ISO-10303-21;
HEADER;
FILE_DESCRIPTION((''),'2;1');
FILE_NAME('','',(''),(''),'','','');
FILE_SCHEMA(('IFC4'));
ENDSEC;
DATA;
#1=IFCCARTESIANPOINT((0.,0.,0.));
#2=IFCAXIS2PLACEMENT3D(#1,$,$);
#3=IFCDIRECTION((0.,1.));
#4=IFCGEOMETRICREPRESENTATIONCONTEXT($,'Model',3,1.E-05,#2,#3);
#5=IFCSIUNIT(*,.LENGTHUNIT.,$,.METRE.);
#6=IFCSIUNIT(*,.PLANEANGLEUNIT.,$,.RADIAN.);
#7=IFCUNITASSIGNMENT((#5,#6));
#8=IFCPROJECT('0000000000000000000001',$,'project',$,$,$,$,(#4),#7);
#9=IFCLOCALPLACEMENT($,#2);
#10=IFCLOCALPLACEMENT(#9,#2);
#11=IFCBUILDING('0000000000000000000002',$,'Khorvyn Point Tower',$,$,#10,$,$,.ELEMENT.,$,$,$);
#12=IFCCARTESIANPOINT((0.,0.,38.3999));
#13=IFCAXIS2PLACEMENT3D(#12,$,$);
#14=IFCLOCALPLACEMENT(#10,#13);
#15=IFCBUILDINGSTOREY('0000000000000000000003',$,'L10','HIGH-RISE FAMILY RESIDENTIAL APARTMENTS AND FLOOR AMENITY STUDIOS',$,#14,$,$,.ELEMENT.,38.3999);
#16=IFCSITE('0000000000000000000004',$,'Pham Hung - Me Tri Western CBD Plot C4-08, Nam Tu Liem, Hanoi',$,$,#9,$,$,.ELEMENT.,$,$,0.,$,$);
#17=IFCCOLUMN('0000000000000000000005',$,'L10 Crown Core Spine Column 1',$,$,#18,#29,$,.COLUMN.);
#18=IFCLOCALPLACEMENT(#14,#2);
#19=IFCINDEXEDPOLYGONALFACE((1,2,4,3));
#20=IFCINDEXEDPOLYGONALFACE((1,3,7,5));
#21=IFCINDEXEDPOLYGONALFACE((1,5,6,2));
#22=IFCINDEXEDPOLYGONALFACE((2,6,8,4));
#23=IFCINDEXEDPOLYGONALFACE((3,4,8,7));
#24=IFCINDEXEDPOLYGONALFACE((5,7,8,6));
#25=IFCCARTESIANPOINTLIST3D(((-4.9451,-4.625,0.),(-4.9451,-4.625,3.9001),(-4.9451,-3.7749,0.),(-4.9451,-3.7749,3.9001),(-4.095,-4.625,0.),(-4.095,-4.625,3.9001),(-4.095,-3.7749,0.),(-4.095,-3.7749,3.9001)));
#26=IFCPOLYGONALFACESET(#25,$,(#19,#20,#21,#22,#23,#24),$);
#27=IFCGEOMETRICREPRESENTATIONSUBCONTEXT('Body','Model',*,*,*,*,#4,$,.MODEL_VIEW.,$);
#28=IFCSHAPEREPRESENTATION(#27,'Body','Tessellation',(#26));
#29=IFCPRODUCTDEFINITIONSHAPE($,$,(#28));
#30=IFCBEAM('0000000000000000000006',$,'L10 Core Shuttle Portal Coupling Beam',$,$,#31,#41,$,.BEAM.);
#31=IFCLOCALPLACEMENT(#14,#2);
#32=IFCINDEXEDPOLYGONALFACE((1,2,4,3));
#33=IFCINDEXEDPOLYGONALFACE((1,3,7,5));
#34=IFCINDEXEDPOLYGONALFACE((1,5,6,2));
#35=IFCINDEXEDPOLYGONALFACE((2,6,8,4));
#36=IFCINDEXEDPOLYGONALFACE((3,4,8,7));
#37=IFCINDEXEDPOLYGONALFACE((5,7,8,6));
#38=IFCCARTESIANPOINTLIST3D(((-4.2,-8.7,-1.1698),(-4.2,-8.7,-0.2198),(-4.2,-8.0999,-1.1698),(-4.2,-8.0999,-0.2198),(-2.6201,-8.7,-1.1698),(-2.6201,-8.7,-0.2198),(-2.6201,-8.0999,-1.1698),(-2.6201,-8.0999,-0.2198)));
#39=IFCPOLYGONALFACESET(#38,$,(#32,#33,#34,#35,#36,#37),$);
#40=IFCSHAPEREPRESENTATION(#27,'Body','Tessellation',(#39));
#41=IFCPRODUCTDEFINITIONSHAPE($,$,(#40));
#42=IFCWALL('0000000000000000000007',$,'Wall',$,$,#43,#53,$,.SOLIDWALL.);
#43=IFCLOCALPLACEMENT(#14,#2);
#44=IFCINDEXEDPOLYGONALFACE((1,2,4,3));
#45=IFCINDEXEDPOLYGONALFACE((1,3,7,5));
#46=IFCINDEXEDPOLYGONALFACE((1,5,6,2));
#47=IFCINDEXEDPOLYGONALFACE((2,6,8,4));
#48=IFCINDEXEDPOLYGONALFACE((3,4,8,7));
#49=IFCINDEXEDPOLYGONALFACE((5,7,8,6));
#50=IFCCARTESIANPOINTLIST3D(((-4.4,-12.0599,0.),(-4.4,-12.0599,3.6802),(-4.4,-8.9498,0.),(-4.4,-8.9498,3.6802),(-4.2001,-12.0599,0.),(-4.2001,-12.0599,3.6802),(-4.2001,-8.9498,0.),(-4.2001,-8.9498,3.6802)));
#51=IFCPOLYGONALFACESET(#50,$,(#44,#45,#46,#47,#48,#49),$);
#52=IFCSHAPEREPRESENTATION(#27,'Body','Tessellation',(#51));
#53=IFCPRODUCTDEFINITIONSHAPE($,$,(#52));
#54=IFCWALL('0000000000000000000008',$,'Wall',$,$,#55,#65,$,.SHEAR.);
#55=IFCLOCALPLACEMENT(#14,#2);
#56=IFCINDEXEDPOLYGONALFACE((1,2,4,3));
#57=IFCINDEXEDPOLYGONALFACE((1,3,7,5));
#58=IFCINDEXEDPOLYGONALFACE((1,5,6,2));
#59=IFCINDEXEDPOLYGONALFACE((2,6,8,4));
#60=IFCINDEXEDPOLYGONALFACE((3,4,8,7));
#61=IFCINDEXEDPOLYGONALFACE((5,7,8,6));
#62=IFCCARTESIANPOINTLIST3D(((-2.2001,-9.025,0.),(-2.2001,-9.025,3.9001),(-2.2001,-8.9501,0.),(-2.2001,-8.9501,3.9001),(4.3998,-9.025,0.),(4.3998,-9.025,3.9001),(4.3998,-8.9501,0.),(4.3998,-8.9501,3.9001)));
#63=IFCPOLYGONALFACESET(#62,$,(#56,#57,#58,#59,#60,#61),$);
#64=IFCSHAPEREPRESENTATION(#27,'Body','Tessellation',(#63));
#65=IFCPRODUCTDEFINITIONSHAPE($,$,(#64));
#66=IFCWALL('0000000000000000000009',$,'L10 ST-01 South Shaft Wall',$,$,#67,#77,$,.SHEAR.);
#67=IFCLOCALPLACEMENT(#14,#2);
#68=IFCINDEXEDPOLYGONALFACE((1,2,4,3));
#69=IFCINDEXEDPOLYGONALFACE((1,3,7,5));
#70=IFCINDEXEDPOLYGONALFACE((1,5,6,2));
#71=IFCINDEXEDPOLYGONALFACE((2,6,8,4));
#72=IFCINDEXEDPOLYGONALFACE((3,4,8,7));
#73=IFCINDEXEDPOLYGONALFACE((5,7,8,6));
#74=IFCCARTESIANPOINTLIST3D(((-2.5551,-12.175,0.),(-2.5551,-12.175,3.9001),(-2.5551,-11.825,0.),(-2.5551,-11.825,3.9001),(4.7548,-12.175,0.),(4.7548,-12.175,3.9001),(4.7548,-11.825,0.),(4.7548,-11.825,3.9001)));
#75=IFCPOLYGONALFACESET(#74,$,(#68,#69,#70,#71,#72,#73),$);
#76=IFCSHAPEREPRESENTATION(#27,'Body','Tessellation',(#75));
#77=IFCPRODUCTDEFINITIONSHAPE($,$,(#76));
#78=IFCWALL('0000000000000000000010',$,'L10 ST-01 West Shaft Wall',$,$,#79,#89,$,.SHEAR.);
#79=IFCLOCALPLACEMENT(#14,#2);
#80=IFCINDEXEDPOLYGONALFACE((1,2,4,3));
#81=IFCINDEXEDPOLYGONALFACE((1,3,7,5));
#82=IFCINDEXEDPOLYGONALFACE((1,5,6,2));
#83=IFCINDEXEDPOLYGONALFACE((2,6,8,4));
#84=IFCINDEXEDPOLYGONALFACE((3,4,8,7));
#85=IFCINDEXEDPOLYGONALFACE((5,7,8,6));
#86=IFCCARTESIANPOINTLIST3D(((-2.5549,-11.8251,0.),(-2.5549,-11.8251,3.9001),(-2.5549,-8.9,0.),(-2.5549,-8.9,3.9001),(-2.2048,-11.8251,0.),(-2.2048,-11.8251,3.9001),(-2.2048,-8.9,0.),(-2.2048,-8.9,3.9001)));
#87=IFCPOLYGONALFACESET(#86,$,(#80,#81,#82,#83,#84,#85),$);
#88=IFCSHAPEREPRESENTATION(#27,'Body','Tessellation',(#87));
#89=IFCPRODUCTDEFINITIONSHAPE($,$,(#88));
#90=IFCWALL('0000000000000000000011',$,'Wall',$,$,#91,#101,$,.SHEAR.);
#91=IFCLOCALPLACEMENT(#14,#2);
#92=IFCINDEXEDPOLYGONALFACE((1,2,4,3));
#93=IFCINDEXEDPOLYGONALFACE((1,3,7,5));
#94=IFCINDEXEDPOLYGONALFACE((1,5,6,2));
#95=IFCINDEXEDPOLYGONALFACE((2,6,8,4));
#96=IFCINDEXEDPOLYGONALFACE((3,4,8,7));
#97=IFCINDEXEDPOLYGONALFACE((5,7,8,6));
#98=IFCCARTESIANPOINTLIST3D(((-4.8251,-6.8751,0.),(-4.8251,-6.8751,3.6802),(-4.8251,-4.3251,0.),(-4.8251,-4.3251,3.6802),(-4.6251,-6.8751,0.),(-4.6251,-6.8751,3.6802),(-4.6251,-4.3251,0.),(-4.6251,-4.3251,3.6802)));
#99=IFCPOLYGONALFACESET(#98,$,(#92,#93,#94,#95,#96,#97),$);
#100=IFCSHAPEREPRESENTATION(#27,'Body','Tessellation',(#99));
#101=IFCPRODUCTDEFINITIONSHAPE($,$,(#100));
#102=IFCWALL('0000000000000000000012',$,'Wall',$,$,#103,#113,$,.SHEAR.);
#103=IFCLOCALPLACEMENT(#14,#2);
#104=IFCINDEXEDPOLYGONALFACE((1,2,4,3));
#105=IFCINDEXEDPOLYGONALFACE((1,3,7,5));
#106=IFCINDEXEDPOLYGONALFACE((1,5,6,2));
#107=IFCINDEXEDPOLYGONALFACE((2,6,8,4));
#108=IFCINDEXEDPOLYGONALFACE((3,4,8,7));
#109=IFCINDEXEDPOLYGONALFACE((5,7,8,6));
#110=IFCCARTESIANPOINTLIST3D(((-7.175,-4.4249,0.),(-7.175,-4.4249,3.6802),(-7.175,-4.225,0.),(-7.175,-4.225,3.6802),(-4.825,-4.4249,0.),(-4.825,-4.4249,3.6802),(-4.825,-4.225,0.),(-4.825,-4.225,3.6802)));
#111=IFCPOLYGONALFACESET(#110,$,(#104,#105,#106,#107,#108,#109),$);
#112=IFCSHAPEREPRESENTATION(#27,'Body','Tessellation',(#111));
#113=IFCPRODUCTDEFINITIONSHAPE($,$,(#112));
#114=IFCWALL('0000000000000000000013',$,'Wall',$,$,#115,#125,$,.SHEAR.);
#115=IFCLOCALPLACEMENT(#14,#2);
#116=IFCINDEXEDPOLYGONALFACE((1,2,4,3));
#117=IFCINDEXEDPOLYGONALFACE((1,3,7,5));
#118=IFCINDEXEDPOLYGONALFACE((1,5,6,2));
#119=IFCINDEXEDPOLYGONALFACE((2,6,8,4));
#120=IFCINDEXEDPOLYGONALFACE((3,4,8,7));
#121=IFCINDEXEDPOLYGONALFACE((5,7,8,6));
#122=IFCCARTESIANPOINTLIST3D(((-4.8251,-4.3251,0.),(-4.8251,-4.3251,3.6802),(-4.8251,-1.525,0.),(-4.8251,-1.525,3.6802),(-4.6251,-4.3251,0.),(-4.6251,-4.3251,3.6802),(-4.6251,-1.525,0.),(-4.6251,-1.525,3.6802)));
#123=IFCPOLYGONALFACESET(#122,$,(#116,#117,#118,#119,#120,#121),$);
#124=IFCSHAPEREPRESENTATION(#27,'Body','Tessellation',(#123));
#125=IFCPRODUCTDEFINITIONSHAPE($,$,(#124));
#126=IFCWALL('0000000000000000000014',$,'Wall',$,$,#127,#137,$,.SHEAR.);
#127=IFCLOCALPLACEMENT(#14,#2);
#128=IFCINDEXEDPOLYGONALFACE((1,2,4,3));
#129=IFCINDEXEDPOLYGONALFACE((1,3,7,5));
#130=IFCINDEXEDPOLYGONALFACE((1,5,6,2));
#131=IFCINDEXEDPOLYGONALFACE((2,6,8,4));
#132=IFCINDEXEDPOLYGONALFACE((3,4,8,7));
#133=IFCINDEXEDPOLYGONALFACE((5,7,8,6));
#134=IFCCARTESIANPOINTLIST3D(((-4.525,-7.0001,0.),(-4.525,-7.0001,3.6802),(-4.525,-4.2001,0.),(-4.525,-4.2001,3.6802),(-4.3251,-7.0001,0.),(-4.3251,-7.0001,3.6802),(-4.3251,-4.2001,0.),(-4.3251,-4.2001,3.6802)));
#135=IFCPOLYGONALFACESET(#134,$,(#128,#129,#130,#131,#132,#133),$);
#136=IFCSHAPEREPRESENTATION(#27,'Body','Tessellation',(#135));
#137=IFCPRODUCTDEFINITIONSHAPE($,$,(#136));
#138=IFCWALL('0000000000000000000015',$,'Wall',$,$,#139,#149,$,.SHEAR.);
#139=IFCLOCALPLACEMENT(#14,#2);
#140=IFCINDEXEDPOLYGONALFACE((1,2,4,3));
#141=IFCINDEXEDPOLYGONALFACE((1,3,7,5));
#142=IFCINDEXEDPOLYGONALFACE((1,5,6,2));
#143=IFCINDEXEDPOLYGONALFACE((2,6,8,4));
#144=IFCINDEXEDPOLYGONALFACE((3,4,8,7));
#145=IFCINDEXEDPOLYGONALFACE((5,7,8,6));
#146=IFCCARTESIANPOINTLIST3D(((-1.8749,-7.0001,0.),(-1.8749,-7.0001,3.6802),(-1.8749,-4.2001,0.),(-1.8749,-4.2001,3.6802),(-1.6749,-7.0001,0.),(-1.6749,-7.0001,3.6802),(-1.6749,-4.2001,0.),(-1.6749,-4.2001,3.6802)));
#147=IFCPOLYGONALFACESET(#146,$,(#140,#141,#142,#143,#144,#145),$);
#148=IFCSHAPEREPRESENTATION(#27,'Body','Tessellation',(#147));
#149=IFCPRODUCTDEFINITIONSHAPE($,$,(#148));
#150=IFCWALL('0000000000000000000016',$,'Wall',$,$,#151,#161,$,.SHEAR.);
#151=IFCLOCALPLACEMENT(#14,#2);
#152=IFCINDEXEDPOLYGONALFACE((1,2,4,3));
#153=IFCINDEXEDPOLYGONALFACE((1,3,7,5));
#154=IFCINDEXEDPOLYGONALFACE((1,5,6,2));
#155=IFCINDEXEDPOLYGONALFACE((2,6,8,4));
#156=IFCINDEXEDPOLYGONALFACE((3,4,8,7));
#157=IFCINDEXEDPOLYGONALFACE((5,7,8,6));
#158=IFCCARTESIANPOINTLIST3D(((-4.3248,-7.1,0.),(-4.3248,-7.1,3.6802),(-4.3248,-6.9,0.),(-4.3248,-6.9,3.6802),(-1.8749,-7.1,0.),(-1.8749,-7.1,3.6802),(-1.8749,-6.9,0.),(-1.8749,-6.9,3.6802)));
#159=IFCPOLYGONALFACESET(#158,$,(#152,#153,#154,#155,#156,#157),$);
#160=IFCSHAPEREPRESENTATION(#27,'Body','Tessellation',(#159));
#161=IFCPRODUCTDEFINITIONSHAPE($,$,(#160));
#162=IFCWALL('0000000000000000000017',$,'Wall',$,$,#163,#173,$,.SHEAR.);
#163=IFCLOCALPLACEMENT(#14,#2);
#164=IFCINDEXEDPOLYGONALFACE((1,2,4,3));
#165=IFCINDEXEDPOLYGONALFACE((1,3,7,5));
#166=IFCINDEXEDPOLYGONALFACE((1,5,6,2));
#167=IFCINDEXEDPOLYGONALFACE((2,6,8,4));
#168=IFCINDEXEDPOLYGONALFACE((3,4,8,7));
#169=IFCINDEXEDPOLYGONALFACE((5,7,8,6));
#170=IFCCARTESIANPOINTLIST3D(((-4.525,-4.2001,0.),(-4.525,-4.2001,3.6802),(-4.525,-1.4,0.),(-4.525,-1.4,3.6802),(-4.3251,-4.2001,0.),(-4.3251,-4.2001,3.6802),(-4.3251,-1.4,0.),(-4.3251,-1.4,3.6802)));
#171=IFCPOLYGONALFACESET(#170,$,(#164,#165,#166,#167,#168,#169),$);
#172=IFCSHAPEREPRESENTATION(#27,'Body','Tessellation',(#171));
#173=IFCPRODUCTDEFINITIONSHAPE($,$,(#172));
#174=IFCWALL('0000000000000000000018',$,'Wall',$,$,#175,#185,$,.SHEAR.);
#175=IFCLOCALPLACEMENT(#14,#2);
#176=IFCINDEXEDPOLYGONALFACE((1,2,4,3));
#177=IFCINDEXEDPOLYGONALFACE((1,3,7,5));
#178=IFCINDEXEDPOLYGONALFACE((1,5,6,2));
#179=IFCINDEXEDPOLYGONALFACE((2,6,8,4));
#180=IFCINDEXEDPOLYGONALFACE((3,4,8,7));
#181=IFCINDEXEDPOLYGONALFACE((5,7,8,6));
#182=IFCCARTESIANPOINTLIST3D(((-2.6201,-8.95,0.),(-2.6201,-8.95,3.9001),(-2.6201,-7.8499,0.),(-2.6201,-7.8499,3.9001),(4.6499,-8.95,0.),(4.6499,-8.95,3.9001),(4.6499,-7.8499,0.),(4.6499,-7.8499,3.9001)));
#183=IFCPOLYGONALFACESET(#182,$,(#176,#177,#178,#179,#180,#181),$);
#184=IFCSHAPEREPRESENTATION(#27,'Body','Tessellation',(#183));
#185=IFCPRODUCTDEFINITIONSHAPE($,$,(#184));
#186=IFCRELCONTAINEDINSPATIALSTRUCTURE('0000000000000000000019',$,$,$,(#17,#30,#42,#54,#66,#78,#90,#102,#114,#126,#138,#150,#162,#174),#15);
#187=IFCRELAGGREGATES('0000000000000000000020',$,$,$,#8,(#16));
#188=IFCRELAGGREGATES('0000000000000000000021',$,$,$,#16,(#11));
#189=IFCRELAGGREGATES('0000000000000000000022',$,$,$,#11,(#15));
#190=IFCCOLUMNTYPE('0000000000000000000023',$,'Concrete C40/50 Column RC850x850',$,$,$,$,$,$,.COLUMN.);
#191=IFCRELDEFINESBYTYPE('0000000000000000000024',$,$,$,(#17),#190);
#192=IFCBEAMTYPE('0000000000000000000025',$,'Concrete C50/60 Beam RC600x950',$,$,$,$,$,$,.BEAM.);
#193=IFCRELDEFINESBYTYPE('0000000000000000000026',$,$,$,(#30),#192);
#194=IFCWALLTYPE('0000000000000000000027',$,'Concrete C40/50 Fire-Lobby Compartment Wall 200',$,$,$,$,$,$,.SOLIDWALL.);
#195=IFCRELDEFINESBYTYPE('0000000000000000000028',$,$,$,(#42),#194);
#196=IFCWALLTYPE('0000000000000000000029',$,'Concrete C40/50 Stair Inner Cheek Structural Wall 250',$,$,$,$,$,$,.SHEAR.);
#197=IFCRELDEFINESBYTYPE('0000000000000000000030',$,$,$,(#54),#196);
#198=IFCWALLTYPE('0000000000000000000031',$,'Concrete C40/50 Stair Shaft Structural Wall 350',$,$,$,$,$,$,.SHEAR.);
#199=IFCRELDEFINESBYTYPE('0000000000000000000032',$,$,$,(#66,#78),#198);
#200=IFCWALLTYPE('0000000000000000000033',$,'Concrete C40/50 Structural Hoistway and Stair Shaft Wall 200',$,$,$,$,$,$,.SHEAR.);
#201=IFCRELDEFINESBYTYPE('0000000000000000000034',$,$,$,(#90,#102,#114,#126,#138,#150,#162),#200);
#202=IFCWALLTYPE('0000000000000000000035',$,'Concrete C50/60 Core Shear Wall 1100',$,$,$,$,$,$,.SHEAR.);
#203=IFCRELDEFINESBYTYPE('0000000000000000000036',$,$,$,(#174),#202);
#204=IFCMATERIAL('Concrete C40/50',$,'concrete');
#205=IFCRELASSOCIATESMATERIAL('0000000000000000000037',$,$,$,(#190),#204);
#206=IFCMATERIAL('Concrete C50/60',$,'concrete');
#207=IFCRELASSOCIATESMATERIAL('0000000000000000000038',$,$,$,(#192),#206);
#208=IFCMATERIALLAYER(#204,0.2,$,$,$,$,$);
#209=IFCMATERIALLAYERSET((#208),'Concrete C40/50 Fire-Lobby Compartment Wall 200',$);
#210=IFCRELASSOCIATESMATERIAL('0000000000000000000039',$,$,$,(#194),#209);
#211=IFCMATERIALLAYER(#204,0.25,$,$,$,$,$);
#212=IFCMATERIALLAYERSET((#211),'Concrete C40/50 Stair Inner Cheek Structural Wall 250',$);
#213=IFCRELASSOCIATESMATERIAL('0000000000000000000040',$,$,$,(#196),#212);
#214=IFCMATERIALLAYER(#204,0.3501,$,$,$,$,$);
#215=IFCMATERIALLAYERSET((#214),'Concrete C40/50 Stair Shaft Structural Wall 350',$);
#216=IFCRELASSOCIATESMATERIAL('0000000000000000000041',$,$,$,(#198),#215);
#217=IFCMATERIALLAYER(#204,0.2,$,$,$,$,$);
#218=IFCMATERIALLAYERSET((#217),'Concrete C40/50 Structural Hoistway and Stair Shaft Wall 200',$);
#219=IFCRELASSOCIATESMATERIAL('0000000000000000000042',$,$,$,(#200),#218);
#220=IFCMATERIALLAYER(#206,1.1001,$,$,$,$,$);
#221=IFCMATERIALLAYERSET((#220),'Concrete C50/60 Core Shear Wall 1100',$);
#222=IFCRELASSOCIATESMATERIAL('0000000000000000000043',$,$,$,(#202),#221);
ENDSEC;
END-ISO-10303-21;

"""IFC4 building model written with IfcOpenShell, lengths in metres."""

from ifc_helpers import new_model, si_unit, direction, frame, frame_2d, origin, origin_2d, place, context, subcontext, project, spatial, rectangle, extrude, material, layer, layer_set, material_profile, profile_set, type_object, element, save


model = new_model("IFC4")

# Units and contexts
model_context = context("Model", 3, precision=1e-05, world=origin(), true_north=direction((0.0, 1.0)))
body_context = subcontext(model_context, "Body", "Model", "MODEL_VIEW")
ifc_project = project(units=[si_unit("LENGTHUNIT", "METRE"), si_unit("PLANEANGLEUNIT", "RADIAN")], contexts=[model_context])

# Site, building, storey
site_placement = place(None, origin())
site = spatial("IfcSite", under=ifc_project, at=site_placement, Name="Pham Hung - Me Tri Western CBD Plot C4-08, Nam Tu Liem, Hanoi", CompositionType="ELEMENT", RefElevation=0.0)
building_placement = place(site_placement, origin())
building = spatial("IfcBuilding", under=site, at=building_placement, Name="Khorvyn Point Tower", CompositionType="ELEMENT")
storey_placement = place(building_placement, frame((0.0, 0.0, 38.3999)))
storey = spatial("IfcBuildingStorey", under=building, at=storey_placement, Name="L10", Description="HIGH-RISE FAMILY RESIDENTIAL APARTMENTS AND FLOOR AMENITY STUDIOS", CompositionType="ELEMENT", Elevation=38.3999)

# Column
ifc_material_1 = material(Name="Concrete C40/50", Category="concrete")
ifc_material_profile_1 = material_profile(ifc_material_1, rectangle(XDim=0.8501, YDim=0.8501, at=origin_2d()))
ifc_profile_set_1 = profile_set([ifc_material_profile_1], Name="Concrete C40/50 RC850x850")
column_type = type_object("IfcColumnType", Name="Concrete C40/50 Column RC850x850", PredefinedType="COLUMN", material=ifc_profile_set_1)
column_placement = place(storey_placement, frame((-4.52, -4.2, 0.0), z_axis=(0.0, 0.0, 1.0), x_axis=(1.0, 0.0, 0.0)))
element("IfcColumn", 1, at=column_placement, inside=storey, type_object=column_type, Name="L10 Crown Core Spine Column 1", PredefinedType="COLUMN", context=body_context, shape_type="SweptSolid", body=[
    extrude(rectangle(XDim=0.8501, YDim=0.8501, at=origin_2d()), origin(), (0.0, 0.0, 1.0), 3.9001),
])

# Beam
ifc_material_2 = material(Name="Concrete C50/60", Category="concrete")
ifc_material_profile_2 = material_profile(ifc_material_2, rectangle(XDim=0.6001, YDim=0.95, at=origin_2d()))
ifc_profile_set_2 = profile_set([ifc_material_profile_2], Name="Concrete C50/60 RC600x950")
beam_type = type_object("IfcBeamType", Name="Concrete C50/60 Beam RC600x950", PredefinedType="BEAM", material=ifc_profile_set_2)
beam_placement = place(storey_placement, frame((-4.2, -8.3999, -0.6948), z_axis=(1.0, 0.0, 0.0), x_axis=(0.0, 1.0, 0.0)))
element("IfcBeam", 2, at=beam_placement, inside=storey, type_object=beam_type, Name="L10 Core Shuttle Portal Coupling Beam", PredefinedType="BEAM", context=body_context, shape_type="SweptSolid", body=[
    extrude(rectangle(XDim=0.6001, YDim=0.95, at=origin_2d()), origin(), (0.0, 0.0, 1.0), 1.5798),
])

# Shared definitions
ifc_layer_1 = layer(ifc_material_1, 0.2)
ifc_layer_set_1 = layer_set([ifc_layer_1], Name="Concrete C40/50 Fire-Lobby Compartment Wall 200")
wall_type_1 = type_object("IfcWallType", Name="Concrete C40/50 Fire-Lobby Compartment Wall 200", PredefinedType="SOLIDWALL", material=ifc_layer_set_1)

# Walls
wall_1_placement = place(storey_placement, frame((-4.3, -12.0601, 0.0), z_axis=(0.0, 0.0, 1.0), x_axis=(0.0, 1.0, 0.0)))
element("IfcWall", 3, at=wall_1_placement, inside=storey, type_object=wall_type_1, Name="Wall", PredefinedType="SOLIDWALL", context=body_context, shape_type="SweptSolid", body=[
    extrude(rectangle(XDim=3.1101, YDim=0.2, at=frame_2d((1.5552, 0.0))), origin(), (0.0, 0.0, 1.0), 3.6802),
])
ifc_layer_2 = layer(ifc_material_1, 0.25)
ifc_layer_set_2 = layer_set([ifc_layer_2], Name="Concrete C40/50 Stair Inner Cheek Structural Wall 250")
wall_type_2 = type_object("IfcWallType", Name="Concrete C40/50 Stair Inner Cheek Structural Wall 250", PredefinedType="SHEAR", material=ifc_layer_set_2)
wall_2_placement = place(storey_placement, frame((-2.2, -8.9875, 0.0), z_axis=(0.0, 0.0, 1.0), x_axis=(1.0, 0.0, 0.0)))
element("IfcWall", 4, at=wall_2_placement, inside=storey, type_object=wall_type_2, Name="Wall", PredefinedType="SHEAR", context=body_context, shape_type="SweptSolid", body=[
    extrude(rectangle(XDim=6.5999, YDim=0.075, at=frame_2d((3.2998, 0.0))), origin(), (0.0, 0.0, 1.0), 3.9001),
])
ifc_layer_3 = layer(ifc_material_1, 0.3501)
ifc_layer_set_3 = layer_set([ifc_layer_3], Name="Concrete C40/50 Stair Shaft Structural Wall 350")
wall_type_3 = type_object("IfcWallType", Name="Concrete C40/50 Stair Shaft Structural Wall 350", PredefinedType="SHEAR", material=ifc_layer_set_3)
wall_3_placement = place(storey_placement, frame((-2.5549, -12.0, 0.0), z_axis=(0.0, 0.0, 1.0), x_axis=(1.0, 0.0, 0.0)))
element("IfcWall", 5, at=wall_3_placement, inside=storey, type_object=wall_type_3, Name="L10 ST-01 South Shaft Wall", PredefinedType="SHEAR", context=body_context, shape_type="SweptSolid", body=[
    extrude(rectangle(XDim=7.3098, YDim=0.3501, at=frame_2d((3.6548, 0.0))), origin(), (0.0, 0.0, 1.0), 3.9001),
])
wall_4_placement = place(storey_placement, frame((-2.3799, -11.825, 0.0), z_axis=(0.0, 0.0, 1.0), x_axis=(0.0, 1.0, 0.0)))
element("IfcWall", 6, at=wall_4_placement, inside=storey, type_object=wall_type_3, Name="L10 ST-01 West Shaft Wall", PredefinedType="SHEAR", context=body_context, shape_type="SweptSolid", body=[
    extrude(rectangle(XDim=2.925, YDim=0.3501, at=frame_2d((1.4624, 0.0))), origin(), (0.0, 0.0, 1.0), 3.9001),
])
ifc_layer_4 = layer(ifc_material_1, 0.2)
ifc_layer_set_4 = layer_set([ifc_layer_4], Name="Concrete C40/50 Structural Hoistway and Stair Shaft Wall 200")
wall_type_4 = type_object("IfcWallType", Name="Concrete C40/50 Structural Hoistway and Stair Shaft Wall 200", PredefinedType="SHEAR", material=ifc_layer_set_4)
wall_5_placement = place(storey_placement, frame((-4.7251, -6.875, 0.0), z_axis=(0.0, 0.0, 1.0), x_axis=(0.0, 1.0, 0.0)))
element("IfcWall", 7, at=wall_5_placement, inside=storey, type_object=wall_type_4, Name="Wall", PredefinedType="SHEAR", context=body_context, shape_type="SweptSolid", body=[
    extrude(rectangle(XDim=2.55, YDim=0.2, at=frame_2d((1.2749, 0.0))), origin(), (0.0, 0.0, 1.0), 3.6802),
])
wall_6_placement = place(storey_placement, frame((-7.175, -4.325, 0.0), z_axis=(0.0, 0.0, 1.0), x_axis=(1.0, 0.0, 0.0)))
element("IfcWall", 8, at=wall_6_placement, inside=storey, type_object=wall_type_4, Name="Wall", PredefinedType="SHEAR", context=body_context, shape_type="SweptSolid", body=[
    extrude(rectangle(XDim=2.3501, YDim=0.2, at=frame_2d((1.175, 0.0))), origin(), (0.0, 0.0, 1.0), 3.6802),
])
for number, where, z_axis, x_axis, name in (
    (9, (-4.7251, -4.325, 0.0), (0.0, 0.0, 1.0), (0.0, 1.0, 0.0), "Wall"),
    (10, (-4.425, -7.0, 0.0), (0.0, 0.0, 1.0), (0.0, 1.0, 0.0), "Wall"),
    (11, (-1.7749, -7.0, 0.0), (0.0, 0.0, 1.0), (0.0, 1.0, 0.0), "Wall"),
):
    element("IfcWall", number, at=place(storey_placement, frame(where, z_axis=z_axis, x_axis=x_axis)), inside=storey, type_object=wall_type_4, Name=name, PredefinedType="SHEAR", context=body_context, shape_type="SweptSolid", body=[
        extrude(rectangle(XDim=2.8, YDim=0.2, at=frame_2d((1.3999, 0.0))), origin(), (0.0, 0.0, 1.0), 3.6802),
    ])
wall_7_placement = place(storey_placement, frame((-4.325, -7.0, 0.0), z_axis=(0.0, 0.0, 1.0), x_axis=(1.0, 0.0, 0.0)))
element("IfcWall", 12, at=wall_7_placement, inside=storey, type_object=wall_type_4, Name="Wall", PredefinedType="SHEAR", context=body_context, shape_type="SweptSolid", body=[
    extrude(rectangle(XDim=2.45, YDim=0.2, at=frame_2d((1.2251, 0.0))), origin(), (0.0, 0.0, 1.0), 3.6802),
])
wall_8_placement = place(storey_placement, frame((-4.425, -4.2, 0.0), z_axis=(0.0, 0.0, 1.0), x_axis=(0.0, 1.0, 0.0)))
element("IfcWall", 13, at=wall_8_placement, inside=storey, type_object=wall_type_4, Name="Wall", PredefinedType="SHEAR", context=body_context, shape_type="SweptSolid", body=[
    extrude(rectangle(XDim=2.8, YDim=0.2, at=frame_2d((1.3999, 0.0))), origin(), (0.0, 0.0, 1.0), 3.6802),
])
ifc_layer_5 = layer(ifc_material_2, 1.1001)
ifc_layer_set_5 = layer_set([ifc_layer_5], Name="Concrete C50/60 Core Shear Wall 1100")
wall_type_5 = type_object("IfcWallType", Name="Concrete C50/60 Core Shear Wall 1100", PredefinedType="SHEAR", material=ifc_layer_set_5)
wall_9_placement = place(storey_placement, frame((-2.6201, -8.3999, 0.0), z_axis=(0.0, 0.0, 1.0), x_axis=(1.0, 0.0, 0.0)))
element("IfcWall", 14, at=wall_9_placement, inside=storey, type_object=wall_type_5, Name="Wall", PredefinedType="SHEAR", context=body_context, shape_type="SweptSolid", body=[
    extrude(rectangle(XDim=7.27, YDim=1.1001, at=frame_2d((3.635, 0.0))), origin(), (0.0, 0.0, 1.0), 3.9001),
])

save(model, "model.ifc")
